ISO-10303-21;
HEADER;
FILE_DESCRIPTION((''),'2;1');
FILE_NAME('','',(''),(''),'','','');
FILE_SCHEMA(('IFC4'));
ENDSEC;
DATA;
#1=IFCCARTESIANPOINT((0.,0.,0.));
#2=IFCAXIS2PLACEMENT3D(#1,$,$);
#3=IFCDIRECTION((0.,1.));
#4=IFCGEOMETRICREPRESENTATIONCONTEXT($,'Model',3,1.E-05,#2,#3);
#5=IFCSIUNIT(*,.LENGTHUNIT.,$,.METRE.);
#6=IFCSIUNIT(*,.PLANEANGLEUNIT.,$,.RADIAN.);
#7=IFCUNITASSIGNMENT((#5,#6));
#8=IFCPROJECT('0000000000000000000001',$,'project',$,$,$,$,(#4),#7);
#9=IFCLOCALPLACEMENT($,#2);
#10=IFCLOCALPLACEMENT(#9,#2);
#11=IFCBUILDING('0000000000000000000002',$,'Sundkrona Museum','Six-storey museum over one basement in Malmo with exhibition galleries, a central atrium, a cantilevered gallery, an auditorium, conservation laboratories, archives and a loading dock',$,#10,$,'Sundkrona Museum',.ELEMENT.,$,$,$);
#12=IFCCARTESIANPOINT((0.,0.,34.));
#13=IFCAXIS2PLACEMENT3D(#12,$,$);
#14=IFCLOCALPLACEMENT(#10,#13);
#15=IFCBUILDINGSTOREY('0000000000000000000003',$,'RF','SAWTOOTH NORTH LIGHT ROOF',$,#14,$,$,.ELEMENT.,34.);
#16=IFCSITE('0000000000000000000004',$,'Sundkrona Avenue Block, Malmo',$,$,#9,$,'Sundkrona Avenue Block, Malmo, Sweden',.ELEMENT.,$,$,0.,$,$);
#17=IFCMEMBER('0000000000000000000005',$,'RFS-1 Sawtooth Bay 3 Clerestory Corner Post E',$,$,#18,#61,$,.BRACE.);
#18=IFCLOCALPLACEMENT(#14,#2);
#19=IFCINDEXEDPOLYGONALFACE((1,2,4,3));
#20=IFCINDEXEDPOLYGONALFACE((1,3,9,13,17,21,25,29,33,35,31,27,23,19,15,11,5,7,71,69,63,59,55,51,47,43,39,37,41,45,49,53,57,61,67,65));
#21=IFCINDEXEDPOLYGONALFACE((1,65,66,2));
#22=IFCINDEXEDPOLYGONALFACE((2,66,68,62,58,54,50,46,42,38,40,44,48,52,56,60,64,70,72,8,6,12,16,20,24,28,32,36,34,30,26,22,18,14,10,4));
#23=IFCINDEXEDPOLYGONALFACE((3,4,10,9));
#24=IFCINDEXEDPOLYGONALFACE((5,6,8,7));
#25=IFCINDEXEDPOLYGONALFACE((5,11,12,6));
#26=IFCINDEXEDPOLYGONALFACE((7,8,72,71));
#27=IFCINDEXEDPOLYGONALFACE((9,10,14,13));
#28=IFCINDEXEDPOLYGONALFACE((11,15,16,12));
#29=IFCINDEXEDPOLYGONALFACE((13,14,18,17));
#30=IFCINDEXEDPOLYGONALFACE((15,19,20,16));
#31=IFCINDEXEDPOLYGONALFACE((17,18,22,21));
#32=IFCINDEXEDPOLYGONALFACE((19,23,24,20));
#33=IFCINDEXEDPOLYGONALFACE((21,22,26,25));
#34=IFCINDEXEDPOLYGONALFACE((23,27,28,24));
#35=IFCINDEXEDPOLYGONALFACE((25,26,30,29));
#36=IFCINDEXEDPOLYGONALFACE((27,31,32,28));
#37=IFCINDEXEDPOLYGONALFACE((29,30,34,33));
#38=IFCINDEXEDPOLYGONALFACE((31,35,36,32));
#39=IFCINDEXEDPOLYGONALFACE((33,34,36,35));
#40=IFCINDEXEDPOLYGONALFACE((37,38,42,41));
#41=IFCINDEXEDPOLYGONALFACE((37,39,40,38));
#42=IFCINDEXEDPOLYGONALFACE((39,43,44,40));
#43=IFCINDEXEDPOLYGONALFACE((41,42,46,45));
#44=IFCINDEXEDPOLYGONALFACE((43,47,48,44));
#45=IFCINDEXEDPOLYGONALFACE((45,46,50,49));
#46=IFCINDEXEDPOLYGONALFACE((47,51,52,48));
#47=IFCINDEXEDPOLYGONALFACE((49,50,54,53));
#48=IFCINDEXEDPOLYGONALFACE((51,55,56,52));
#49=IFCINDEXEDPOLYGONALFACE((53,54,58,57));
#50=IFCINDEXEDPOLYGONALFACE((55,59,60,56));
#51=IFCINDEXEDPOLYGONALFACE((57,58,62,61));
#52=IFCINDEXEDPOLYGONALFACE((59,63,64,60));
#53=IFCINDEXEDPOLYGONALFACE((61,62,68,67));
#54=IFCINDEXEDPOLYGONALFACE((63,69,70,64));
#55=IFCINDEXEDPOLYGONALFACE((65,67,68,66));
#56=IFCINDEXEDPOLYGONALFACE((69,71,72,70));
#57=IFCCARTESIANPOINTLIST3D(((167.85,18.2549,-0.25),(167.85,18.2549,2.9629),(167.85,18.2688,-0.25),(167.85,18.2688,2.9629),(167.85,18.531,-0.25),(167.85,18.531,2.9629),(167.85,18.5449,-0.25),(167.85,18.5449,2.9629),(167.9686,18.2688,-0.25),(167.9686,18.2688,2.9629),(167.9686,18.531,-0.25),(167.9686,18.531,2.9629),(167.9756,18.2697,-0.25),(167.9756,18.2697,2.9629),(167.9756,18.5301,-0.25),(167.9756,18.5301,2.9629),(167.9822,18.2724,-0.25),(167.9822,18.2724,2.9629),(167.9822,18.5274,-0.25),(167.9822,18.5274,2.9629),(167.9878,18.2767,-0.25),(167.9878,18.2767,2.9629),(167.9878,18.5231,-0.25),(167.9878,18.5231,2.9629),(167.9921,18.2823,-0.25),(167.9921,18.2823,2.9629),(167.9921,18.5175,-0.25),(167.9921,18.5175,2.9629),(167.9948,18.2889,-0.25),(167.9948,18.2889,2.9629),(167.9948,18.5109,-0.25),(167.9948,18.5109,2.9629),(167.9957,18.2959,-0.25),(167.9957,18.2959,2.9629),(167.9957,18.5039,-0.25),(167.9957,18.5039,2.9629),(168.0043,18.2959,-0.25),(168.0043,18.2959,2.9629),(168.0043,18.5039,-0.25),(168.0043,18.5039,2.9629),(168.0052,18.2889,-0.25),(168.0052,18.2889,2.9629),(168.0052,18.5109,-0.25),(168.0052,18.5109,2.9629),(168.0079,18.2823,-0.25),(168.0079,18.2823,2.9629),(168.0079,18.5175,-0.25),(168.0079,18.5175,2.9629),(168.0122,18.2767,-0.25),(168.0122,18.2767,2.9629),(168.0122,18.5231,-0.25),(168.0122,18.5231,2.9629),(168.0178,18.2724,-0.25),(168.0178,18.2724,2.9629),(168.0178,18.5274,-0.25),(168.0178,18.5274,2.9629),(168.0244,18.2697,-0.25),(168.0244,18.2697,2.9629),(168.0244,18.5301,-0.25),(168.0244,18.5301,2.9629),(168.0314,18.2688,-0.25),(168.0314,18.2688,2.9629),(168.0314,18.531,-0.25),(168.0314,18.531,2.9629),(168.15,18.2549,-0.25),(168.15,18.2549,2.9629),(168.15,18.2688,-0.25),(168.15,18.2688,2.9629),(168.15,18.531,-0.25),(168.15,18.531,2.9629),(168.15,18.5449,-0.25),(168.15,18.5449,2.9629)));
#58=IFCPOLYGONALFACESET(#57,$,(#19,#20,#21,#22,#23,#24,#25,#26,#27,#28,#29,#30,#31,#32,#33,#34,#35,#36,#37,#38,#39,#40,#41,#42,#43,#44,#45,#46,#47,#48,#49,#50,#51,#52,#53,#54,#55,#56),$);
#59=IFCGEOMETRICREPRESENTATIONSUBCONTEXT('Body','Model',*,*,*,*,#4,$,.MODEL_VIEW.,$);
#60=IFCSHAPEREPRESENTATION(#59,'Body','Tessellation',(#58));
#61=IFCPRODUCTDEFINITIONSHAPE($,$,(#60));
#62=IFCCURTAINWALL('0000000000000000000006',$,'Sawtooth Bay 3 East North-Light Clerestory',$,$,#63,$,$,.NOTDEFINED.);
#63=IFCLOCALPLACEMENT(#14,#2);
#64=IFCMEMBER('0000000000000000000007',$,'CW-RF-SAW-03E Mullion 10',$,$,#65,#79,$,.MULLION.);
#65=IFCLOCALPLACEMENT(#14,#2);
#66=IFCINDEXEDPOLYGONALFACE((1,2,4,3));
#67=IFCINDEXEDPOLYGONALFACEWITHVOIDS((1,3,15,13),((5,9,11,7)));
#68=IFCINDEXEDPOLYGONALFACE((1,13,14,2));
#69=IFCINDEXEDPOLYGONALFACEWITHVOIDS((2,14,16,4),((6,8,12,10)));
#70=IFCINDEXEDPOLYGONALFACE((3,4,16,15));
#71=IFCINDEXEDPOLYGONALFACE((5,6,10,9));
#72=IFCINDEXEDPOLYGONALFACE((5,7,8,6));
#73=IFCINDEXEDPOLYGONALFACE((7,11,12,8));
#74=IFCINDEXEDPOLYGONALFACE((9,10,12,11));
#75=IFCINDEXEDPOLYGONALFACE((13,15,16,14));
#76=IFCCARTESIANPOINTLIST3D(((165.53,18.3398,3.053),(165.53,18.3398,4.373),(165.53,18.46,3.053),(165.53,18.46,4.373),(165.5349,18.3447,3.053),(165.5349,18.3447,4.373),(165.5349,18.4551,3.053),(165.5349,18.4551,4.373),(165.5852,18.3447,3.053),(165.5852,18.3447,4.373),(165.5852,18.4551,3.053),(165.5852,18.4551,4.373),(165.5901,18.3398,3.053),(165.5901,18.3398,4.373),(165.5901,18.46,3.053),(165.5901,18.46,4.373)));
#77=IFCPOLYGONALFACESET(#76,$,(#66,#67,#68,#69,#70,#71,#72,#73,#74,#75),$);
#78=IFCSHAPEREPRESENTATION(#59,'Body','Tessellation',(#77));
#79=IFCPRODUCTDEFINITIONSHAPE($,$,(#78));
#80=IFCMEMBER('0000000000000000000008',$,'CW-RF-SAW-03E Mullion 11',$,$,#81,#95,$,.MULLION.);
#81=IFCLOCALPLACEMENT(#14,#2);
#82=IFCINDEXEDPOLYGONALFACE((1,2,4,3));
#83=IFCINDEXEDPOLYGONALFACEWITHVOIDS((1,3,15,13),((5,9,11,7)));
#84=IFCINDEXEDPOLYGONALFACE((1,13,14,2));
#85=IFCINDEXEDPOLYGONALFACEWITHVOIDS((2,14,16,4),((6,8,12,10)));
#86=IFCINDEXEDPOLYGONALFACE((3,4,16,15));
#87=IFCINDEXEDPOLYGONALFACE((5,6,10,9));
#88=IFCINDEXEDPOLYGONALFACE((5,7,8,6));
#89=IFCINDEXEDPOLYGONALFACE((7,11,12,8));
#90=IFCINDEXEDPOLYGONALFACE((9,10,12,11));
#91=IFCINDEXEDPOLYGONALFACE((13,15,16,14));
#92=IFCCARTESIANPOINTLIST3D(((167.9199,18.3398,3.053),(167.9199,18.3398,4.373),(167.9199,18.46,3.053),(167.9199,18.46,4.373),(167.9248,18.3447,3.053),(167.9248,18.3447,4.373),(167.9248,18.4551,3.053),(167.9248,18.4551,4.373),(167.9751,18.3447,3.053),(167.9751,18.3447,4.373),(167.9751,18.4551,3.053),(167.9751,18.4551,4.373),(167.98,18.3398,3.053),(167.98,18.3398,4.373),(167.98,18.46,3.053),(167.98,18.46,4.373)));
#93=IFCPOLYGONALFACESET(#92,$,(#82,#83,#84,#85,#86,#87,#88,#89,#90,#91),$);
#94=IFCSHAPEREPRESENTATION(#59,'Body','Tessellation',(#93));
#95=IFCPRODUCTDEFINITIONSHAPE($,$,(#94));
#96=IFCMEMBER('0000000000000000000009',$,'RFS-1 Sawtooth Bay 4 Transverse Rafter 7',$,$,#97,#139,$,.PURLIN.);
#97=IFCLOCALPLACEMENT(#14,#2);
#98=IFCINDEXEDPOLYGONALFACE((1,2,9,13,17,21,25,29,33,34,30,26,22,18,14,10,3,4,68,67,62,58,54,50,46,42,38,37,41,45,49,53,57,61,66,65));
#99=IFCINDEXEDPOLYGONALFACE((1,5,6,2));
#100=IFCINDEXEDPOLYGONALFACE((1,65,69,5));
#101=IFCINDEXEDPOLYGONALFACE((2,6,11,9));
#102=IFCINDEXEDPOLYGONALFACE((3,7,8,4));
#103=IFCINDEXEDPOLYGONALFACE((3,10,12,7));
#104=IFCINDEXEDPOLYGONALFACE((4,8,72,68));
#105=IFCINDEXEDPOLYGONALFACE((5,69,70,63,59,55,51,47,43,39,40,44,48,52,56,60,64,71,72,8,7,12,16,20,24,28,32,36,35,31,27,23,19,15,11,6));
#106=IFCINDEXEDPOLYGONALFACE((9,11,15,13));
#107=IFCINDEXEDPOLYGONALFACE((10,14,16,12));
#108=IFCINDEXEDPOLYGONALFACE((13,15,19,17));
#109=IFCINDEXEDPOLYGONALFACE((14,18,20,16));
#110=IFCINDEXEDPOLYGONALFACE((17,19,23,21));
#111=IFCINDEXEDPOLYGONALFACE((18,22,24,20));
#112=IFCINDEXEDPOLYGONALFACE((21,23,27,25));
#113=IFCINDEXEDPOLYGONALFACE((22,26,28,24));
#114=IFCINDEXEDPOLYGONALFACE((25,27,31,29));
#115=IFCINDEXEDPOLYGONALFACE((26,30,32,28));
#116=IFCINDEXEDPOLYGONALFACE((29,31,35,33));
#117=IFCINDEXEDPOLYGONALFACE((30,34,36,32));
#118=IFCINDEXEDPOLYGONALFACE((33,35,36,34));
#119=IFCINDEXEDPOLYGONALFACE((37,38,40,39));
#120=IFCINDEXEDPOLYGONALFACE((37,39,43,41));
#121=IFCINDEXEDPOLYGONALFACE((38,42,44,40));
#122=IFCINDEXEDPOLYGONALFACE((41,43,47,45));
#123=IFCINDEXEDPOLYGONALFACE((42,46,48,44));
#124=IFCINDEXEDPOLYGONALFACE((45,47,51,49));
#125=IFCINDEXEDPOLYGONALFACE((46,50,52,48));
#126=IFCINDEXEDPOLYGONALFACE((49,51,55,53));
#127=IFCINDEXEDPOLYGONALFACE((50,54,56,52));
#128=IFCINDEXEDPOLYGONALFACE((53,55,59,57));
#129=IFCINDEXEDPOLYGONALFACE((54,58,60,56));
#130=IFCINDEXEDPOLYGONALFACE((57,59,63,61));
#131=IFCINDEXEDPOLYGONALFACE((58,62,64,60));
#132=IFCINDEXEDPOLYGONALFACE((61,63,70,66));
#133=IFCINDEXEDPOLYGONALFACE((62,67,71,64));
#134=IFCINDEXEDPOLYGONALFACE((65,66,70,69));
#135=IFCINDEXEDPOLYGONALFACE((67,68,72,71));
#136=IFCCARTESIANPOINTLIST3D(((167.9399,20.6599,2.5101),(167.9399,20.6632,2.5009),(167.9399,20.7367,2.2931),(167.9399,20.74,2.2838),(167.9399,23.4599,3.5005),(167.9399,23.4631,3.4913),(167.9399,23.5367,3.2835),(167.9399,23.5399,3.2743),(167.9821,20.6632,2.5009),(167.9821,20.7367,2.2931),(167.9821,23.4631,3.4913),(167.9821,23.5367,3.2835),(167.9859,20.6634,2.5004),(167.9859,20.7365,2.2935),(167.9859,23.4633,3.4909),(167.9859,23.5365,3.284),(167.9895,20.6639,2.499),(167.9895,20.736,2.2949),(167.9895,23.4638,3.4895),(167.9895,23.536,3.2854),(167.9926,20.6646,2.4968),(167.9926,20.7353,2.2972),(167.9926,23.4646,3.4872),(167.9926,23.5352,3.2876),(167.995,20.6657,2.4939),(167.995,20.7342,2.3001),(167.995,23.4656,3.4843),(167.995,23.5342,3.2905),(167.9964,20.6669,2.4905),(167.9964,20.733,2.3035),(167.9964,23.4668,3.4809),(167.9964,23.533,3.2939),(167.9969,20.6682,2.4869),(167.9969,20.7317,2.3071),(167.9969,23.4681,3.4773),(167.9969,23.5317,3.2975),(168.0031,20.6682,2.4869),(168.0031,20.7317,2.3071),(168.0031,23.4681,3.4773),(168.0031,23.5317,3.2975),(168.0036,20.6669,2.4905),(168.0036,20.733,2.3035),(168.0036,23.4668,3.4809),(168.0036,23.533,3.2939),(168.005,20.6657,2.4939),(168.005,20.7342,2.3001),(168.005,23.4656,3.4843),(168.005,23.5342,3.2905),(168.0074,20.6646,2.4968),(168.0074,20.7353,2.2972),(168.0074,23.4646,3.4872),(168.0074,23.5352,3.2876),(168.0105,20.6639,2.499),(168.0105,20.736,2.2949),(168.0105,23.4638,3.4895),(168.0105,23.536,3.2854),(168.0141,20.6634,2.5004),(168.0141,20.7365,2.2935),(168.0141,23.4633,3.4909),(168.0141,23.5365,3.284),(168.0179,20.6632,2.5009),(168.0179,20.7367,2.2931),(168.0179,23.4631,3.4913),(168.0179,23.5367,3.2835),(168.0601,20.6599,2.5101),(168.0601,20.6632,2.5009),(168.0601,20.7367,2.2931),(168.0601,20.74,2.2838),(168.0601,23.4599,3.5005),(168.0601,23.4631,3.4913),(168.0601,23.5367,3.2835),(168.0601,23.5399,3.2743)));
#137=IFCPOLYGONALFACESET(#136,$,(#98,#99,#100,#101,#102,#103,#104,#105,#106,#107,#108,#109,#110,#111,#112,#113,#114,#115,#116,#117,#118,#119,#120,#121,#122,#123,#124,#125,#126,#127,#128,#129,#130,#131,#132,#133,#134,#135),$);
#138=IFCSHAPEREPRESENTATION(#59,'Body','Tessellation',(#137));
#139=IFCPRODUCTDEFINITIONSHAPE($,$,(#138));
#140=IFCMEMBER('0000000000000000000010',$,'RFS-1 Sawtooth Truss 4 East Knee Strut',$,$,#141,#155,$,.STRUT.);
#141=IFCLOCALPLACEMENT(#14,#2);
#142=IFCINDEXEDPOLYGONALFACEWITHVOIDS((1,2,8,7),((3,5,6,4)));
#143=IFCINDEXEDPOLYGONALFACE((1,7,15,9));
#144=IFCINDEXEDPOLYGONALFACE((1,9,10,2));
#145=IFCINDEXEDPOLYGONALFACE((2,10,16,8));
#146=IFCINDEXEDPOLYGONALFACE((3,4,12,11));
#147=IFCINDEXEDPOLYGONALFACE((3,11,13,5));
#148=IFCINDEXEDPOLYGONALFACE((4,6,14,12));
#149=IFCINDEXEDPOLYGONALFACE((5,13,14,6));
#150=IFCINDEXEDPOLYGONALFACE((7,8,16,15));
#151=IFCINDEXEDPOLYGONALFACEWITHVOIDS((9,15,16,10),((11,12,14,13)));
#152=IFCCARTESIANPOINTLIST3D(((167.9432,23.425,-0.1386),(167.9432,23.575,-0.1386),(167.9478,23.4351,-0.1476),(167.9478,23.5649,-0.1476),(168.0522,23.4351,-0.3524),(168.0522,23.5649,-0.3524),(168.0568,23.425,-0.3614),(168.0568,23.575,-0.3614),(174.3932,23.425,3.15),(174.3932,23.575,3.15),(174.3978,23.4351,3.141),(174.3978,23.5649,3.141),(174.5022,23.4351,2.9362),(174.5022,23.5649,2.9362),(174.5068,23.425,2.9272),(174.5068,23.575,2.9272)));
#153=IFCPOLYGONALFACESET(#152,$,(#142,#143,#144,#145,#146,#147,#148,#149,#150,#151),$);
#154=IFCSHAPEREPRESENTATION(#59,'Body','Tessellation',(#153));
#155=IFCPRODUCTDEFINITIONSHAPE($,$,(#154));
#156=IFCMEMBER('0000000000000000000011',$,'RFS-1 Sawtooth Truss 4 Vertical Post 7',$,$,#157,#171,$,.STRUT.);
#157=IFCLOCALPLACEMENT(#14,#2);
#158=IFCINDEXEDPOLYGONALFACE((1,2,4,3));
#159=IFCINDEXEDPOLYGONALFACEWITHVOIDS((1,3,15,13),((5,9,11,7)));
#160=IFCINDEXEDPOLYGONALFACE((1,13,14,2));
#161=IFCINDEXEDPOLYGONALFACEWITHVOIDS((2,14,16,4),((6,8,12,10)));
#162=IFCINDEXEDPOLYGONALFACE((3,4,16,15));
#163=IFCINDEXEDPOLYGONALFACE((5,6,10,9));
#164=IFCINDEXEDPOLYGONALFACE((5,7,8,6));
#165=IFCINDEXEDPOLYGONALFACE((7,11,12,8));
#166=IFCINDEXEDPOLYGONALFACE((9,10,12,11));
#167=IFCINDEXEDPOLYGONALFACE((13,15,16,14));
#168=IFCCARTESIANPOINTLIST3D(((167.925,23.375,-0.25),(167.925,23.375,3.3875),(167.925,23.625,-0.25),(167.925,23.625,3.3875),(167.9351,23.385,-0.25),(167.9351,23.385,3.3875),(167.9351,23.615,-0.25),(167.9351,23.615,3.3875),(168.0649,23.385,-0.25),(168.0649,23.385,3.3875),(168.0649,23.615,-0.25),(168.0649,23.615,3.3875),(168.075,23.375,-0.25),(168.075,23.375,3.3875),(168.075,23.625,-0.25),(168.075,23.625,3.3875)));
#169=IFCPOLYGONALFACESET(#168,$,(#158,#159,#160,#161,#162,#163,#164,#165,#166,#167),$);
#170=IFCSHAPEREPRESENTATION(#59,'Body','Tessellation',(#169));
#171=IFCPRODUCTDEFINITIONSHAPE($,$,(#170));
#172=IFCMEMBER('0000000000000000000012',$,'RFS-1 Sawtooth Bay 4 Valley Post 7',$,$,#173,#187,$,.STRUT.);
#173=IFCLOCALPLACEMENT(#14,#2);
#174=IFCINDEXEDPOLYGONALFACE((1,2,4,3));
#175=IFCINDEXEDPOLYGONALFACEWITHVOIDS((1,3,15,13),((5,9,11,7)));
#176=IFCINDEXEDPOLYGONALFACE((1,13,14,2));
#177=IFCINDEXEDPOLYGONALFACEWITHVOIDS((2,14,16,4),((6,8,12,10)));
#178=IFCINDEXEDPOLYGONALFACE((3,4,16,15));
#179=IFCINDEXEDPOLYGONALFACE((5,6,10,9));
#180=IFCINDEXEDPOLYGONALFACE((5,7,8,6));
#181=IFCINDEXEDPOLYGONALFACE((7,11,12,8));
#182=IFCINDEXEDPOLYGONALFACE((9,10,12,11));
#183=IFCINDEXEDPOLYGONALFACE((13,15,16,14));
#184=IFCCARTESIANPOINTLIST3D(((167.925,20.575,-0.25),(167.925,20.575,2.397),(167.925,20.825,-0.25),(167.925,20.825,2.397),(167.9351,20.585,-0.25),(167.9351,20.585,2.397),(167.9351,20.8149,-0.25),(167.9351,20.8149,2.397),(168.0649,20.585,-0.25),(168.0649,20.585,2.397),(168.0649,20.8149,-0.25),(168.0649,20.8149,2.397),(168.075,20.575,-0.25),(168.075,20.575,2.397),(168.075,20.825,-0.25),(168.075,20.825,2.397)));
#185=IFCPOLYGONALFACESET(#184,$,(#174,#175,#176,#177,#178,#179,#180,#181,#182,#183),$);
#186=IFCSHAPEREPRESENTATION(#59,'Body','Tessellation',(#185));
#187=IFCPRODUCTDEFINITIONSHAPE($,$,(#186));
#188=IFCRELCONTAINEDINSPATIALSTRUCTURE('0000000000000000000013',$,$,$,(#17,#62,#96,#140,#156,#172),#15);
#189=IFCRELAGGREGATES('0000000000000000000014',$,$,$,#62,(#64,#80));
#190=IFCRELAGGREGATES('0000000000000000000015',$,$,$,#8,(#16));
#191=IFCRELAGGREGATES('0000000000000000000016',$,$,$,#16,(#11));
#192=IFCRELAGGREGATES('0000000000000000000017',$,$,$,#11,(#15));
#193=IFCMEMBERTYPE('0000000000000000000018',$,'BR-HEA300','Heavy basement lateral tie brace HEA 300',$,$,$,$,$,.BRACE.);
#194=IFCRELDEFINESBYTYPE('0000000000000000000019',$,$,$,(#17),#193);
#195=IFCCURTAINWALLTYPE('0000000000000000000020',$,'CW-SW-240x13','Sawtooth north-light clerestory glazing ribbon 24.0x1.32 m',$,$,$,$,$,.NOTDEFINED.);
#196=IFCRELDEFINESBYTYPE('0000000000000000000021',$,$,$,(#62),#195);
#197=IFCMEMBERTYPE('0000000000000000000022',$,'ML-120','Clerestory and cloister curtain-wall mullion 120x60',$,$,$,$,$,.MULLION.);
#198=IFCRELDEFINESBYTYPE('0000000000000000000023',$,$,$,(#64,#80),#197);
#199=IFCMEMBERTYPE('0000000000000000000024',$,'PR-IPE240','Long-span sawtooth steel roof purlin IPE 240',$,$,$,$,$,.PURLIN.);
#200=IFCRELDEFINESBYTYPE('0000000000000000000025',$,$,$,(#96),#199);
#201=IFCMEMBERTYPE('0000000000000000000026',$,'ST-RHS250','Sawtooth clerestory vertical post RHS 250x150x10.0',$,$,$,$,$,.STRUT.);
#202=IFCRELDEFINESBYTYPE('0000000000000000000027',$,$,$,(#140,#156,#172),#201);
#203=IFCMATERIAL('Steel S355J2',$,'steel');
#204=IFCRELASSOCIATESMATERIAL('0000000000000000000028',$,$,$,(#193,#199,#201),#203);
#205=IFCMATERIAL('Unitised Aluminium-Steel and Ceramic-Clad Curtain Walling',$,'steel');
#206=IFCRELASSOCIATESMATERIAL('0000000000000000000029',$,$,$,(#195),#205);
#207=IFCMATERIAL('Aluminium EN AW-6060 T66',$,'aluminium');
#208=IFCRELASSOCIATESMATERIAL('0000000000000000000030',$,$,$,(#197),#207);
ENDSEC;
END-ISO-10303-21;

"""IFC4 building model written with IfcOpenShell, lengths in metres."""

from ifc_helpers import new_model, si_unit, direction, frame, origin, origin_2d, place, context, subcontext, project, spatial, hollow_rectangle, i_section, extrude, material, material_profile, profile_set, type_object, element, aggregate, save


model = new_model("IFC4")

# Units and contexts
model_context = context("Model", 3, precision=1e-05, world=origin(), true_north=direction((0.0, 1.0)))
body_context = subcontext(model_context, "Body", "Model", "MODEL_VIEW")
ifc_project = project(units=[si_unit("LENGTHUNIT", "METRE"), si_unit("PLANEANGLEUNIT", "RADIAN")], contexts=[model_context])

# Site, building, storey
site_placement = place(None, origin())
site = spatial("IfcSite", under=ifc_project, at=site_placement, Name="Sundkrona Avenue Block, Malmo", LongName="Sundkrona Avenue Block, Malmo, Sweden", CompositionType="ELEMENT", RefElevation=0.0)
building_placement = place(site_placement, origin())
building = spatial("IfcBuilding", under=site, at=building_placement, Name="Sundkrona Museum", Description="Six-storey museum over one basement in Malmo with exhibition galleries, a central atrium, a cantilevered gallery, an auditorium, conservation laboratories, archives and a loading dock", LongName="Sundkrona Museum", CompositionType="ELEMENT")
storey_placement = place(building_placement, frame((0.0, 0.0, 34.0)))
storey = spatial("IfcBuildingStorey", under=building, at=storey_placement, Name="RF", Description="SAWTOOTH NORTH LIGHT ROOF", CompositionType="ELEMENT", Elevation=34.0)

# Member
ifc_material_1 = material(Name="Steel S355J2", Category="steel")
ifc_material_profile_1 = material_profile(ifc_material_1, i_section(OverallWidth=0.3, OverallDepth=0.29, WebThickness=0.0085, FlangeThickness=0.0139, FilletRadius=0.0271, at=origin_2d()), Name="HEA 300")
ifc_profile_set_1 = profile_set([ifc_material_profile_1], Name="Steel S355J2")
member_type_1 = type_object("IfcMemberType", Name="BR-HEA300", Description="Heavy basement lateral tie brace HEA 300", PredefinedType="BRACE", material=ifc_profile_set_1)
member_1_placement = place(storey_placement, frame((168.0, 18.3999, -0.25), z_axis=(0.0, 0.0, 1.0), x_axis=(1.0, 0.0, 0.0)))
element("IfcMember", 1, at=member_1_placement, inside=storey, type_object=member_type_1, Name="RFS-1 Sawtooth Bay 3 Clerestory Corner Post E", PredefinedType="BRACE", context=body_context, shape_type="SweptSolid", body=[
    extrude(i_section(OverallWidth=0.3, OverallDepth=0.29, WebThickness=0.0085, FlangeThickness=0.0139, FilletRadius=0.0271, at=origin_2d()), origin(), (0.0, 0.0, 1.0), 3.2129),
])

# Curtain wall, members
ifc_material_2 = material(Name="Unitised Aluminium-Steel and Ceramic-Clad Curtain Walling", Category="steel")
curtain_wall_type = type_object("IfcCurtainWallType", Name="CW-SW-240x13", Description="Sawtooth north-light clerestory glazing ribbon 24.0x1.32 m", PredefinedType="NOTDEFINED", material=ifc_material_2)
curtain_wall_placement = place(storey_placement, origin())
curtain_wall = element("IfcCurtainWall", 2, at=curtain_wall_placement, inside=storey, type_object=curtain_wall_type, Name="Sawtooth Bay 3 East North-Light Clerestory", PredefinedType="NOTDEFINED")
ifc_material_3 = material(Name="Aluminium EN AW-6060 T66", Category="aluminium")
ifc_material_profile_2 = material_profile(ifc_material_3, hollow_rectangle(XDim=0.0601, YDim=0.1201, WallThickness=0.0049, at=origin_2d()), Name="RHS 120x60x5.0")
ifc_profile_set_2 = profile_set([ifc_material_profile_2], Name="Aluminium EN AW-6060 T66")
member_type_2 = type_object("IfcMemberType", Name="ML-120", Description="Clerestory and cloister curtain-wall mullion 120x60", PredefinedType="MULLION", material=ifc_profile_set_2)
member_2_placement = place(storey_placement, frame((165.5601, 18.3999, 3.053), z_axis=(0.0, 0.0, 1.0), x_axis=(1.0, 0.0, 0.0)))
member_2 = element("IfcMember", 3, at=member_2_placement, type_object=member_type_2, Name="CW-RF-SAW-03E Mullion 10", PredefinedType="MULLION", context=body_context, shape_type="SweptSolid", body=[
    extrude(hollow_rectangle(XDim=0.0601, YDim=0.1201, WallThickness=0.0049, at=origin_2d()), origin(), (0.0, 0.0, 1.0), 1.3201),
])
member_3_placement = place(storey_placement, frame((167.95, 18.3999, 3.053), z_axis=(0.0, 0.0, 1.0), x_axis=(1.0, 0.0, 0.0)))
member_3 = element("IfcMember", 4, at=member_3_placement, type_object=member_type_2, Name="CW-RF-SAW-03E Mullion 11", PredefinedType="MULLION", context=body_context, shape_type="SweptSolid", body=[
    extrude(hollow_rectangle(XDim=0.0601, YDim=0.1201, WallThickness=0.0049, at=origin_2d()), origin(), (0.0, 0.0, 1.0), 1.3201),
])

# Members
ifc_material_profile_3 = material_profile(ifc_material_1, i_section(OverallWidth=0.1201, OverallDepth=0.24, WebThickness=0.0061, FlangeThickness=0.0098, FilletRadius=0.0149, at=origin_2d()), Name="IPE 240")
ifc_profile_set_3 = profile_set([ifc_material_profile_3], Name="Steel S355J2")
member_type_3 = type_object("IfcMemberType", Name="PR-IPE240", Description="Long-span sawtooth steel roof purlin IPE 240", PredefinedType="PURLIN", material=ifc_profile_set_3)
member_4_placement = place(storey_placement, frame((168.0, 20.7, 2.397), z_axis=(0.0, 0.942755, 0.333486), x_axis=(-1.0, 0.0, 0.0)))
element("IfcMember", 5, at=member_4_placement, inside=storey, type_object=member_type_3, Name="RFS-1 Sawtooth Bay 4 Transverse Rafter 7", PredefinedType="PURLIN", context=body_context, shape_type="SweptSolid", body=[
    extrude(i_section(OverallWidth=0.1201, OverallDepth=0.24, WebThickness=0.0061, FlangeThickness=0.0098, FilletRadius=0.0149, at=origin_2d()), origin(), (0.0, 0.0, 1.0), 2.97),
])
ifc_material_profile_4 = material_profile(ifc_material_1, hollow_rectangle(XDim=0.1499, YDim=0.25, WallThickness=0.01, at=origin_2d()), Name="RHS 250x150x10.0")
ifc_profile_set_4 = profile_set([ifc_material_profile_4], Name="Steel S355J2")
member_type_4 = type_object("IfcMemberType", Name="ST-RHS250", Description="Sawtooth clerestory vertical post RHS 250x150x10.0", PredefinedType="STRUT", material=ifc_profile_set_4)
member_5_placement = place(storey_placement, frame((168.0, 23.5, -0.25), z_axis=(0.890886, 0.0, 0.454227), x_axis=(0.0, 1.0, 0.0)))
element("IfcMember", 6, at=member_5_placement, inside=storey, type_object=member_type_4, Name="RFS-1 Sawtooth Truss 4 East Knee Strut", PredefinedType="STRUT", context=body_context, shape_type="SweptSolid", body=[
    extrude(hollow_rectangle(XDim=0.1499, YDim=0.25, WallThickness=0.01, at=origin_2d()), origin(), (0.0, 0.0, 1.0), 7.24),
])
member_6_placement = place(storey_placement, frame((168.0, 23.5, -0.25), z_axis=(0.0, 0.0, 1.0), x_axis=(1.0, 0.0, 0.0)))
element("IfcMember", 7, at=member_6_placement, inside=storey, type_object=member_type_4, Name="RFS-1 Sawtooth Truss 4 Vertical Post 7", PredefinedType="STRUT", context=body_context, shape_type="SweptSolid", body=[
    extrude(hollow_rectangle(XDim=0.1499, YDim=0.25, WallThickness=0.01, at=origin_2d()), origin(), (0.0, 0.0, 1.0), 3.6375),
])
member_7_placement = place(storey_placement, frame((168.0, 20.7, -0.25), z_axis=(0.0, 0.0, 1.0), x_axis=(1.0, 0.0, 0.0)))
element("IfcMember", 8, at=member_7_placement, inside=storey, type_object=member_type_4, Name="RFS-1 Sawtooth Bay 4 Valley Post 7", PredefinedType="STRUT", context=body_context, shape_type="SweptSolid", body=[
    extrude(hollow_rectangle(XDim=0.1499, YDim=0.25, WallThickness=0.01, at=origin_2d()), origin(), (0.0, 0.0, 1.0), 2.647),
])

aggregate(curtain_wall, [member_2, member_3])

save(model, "model.ifc")
